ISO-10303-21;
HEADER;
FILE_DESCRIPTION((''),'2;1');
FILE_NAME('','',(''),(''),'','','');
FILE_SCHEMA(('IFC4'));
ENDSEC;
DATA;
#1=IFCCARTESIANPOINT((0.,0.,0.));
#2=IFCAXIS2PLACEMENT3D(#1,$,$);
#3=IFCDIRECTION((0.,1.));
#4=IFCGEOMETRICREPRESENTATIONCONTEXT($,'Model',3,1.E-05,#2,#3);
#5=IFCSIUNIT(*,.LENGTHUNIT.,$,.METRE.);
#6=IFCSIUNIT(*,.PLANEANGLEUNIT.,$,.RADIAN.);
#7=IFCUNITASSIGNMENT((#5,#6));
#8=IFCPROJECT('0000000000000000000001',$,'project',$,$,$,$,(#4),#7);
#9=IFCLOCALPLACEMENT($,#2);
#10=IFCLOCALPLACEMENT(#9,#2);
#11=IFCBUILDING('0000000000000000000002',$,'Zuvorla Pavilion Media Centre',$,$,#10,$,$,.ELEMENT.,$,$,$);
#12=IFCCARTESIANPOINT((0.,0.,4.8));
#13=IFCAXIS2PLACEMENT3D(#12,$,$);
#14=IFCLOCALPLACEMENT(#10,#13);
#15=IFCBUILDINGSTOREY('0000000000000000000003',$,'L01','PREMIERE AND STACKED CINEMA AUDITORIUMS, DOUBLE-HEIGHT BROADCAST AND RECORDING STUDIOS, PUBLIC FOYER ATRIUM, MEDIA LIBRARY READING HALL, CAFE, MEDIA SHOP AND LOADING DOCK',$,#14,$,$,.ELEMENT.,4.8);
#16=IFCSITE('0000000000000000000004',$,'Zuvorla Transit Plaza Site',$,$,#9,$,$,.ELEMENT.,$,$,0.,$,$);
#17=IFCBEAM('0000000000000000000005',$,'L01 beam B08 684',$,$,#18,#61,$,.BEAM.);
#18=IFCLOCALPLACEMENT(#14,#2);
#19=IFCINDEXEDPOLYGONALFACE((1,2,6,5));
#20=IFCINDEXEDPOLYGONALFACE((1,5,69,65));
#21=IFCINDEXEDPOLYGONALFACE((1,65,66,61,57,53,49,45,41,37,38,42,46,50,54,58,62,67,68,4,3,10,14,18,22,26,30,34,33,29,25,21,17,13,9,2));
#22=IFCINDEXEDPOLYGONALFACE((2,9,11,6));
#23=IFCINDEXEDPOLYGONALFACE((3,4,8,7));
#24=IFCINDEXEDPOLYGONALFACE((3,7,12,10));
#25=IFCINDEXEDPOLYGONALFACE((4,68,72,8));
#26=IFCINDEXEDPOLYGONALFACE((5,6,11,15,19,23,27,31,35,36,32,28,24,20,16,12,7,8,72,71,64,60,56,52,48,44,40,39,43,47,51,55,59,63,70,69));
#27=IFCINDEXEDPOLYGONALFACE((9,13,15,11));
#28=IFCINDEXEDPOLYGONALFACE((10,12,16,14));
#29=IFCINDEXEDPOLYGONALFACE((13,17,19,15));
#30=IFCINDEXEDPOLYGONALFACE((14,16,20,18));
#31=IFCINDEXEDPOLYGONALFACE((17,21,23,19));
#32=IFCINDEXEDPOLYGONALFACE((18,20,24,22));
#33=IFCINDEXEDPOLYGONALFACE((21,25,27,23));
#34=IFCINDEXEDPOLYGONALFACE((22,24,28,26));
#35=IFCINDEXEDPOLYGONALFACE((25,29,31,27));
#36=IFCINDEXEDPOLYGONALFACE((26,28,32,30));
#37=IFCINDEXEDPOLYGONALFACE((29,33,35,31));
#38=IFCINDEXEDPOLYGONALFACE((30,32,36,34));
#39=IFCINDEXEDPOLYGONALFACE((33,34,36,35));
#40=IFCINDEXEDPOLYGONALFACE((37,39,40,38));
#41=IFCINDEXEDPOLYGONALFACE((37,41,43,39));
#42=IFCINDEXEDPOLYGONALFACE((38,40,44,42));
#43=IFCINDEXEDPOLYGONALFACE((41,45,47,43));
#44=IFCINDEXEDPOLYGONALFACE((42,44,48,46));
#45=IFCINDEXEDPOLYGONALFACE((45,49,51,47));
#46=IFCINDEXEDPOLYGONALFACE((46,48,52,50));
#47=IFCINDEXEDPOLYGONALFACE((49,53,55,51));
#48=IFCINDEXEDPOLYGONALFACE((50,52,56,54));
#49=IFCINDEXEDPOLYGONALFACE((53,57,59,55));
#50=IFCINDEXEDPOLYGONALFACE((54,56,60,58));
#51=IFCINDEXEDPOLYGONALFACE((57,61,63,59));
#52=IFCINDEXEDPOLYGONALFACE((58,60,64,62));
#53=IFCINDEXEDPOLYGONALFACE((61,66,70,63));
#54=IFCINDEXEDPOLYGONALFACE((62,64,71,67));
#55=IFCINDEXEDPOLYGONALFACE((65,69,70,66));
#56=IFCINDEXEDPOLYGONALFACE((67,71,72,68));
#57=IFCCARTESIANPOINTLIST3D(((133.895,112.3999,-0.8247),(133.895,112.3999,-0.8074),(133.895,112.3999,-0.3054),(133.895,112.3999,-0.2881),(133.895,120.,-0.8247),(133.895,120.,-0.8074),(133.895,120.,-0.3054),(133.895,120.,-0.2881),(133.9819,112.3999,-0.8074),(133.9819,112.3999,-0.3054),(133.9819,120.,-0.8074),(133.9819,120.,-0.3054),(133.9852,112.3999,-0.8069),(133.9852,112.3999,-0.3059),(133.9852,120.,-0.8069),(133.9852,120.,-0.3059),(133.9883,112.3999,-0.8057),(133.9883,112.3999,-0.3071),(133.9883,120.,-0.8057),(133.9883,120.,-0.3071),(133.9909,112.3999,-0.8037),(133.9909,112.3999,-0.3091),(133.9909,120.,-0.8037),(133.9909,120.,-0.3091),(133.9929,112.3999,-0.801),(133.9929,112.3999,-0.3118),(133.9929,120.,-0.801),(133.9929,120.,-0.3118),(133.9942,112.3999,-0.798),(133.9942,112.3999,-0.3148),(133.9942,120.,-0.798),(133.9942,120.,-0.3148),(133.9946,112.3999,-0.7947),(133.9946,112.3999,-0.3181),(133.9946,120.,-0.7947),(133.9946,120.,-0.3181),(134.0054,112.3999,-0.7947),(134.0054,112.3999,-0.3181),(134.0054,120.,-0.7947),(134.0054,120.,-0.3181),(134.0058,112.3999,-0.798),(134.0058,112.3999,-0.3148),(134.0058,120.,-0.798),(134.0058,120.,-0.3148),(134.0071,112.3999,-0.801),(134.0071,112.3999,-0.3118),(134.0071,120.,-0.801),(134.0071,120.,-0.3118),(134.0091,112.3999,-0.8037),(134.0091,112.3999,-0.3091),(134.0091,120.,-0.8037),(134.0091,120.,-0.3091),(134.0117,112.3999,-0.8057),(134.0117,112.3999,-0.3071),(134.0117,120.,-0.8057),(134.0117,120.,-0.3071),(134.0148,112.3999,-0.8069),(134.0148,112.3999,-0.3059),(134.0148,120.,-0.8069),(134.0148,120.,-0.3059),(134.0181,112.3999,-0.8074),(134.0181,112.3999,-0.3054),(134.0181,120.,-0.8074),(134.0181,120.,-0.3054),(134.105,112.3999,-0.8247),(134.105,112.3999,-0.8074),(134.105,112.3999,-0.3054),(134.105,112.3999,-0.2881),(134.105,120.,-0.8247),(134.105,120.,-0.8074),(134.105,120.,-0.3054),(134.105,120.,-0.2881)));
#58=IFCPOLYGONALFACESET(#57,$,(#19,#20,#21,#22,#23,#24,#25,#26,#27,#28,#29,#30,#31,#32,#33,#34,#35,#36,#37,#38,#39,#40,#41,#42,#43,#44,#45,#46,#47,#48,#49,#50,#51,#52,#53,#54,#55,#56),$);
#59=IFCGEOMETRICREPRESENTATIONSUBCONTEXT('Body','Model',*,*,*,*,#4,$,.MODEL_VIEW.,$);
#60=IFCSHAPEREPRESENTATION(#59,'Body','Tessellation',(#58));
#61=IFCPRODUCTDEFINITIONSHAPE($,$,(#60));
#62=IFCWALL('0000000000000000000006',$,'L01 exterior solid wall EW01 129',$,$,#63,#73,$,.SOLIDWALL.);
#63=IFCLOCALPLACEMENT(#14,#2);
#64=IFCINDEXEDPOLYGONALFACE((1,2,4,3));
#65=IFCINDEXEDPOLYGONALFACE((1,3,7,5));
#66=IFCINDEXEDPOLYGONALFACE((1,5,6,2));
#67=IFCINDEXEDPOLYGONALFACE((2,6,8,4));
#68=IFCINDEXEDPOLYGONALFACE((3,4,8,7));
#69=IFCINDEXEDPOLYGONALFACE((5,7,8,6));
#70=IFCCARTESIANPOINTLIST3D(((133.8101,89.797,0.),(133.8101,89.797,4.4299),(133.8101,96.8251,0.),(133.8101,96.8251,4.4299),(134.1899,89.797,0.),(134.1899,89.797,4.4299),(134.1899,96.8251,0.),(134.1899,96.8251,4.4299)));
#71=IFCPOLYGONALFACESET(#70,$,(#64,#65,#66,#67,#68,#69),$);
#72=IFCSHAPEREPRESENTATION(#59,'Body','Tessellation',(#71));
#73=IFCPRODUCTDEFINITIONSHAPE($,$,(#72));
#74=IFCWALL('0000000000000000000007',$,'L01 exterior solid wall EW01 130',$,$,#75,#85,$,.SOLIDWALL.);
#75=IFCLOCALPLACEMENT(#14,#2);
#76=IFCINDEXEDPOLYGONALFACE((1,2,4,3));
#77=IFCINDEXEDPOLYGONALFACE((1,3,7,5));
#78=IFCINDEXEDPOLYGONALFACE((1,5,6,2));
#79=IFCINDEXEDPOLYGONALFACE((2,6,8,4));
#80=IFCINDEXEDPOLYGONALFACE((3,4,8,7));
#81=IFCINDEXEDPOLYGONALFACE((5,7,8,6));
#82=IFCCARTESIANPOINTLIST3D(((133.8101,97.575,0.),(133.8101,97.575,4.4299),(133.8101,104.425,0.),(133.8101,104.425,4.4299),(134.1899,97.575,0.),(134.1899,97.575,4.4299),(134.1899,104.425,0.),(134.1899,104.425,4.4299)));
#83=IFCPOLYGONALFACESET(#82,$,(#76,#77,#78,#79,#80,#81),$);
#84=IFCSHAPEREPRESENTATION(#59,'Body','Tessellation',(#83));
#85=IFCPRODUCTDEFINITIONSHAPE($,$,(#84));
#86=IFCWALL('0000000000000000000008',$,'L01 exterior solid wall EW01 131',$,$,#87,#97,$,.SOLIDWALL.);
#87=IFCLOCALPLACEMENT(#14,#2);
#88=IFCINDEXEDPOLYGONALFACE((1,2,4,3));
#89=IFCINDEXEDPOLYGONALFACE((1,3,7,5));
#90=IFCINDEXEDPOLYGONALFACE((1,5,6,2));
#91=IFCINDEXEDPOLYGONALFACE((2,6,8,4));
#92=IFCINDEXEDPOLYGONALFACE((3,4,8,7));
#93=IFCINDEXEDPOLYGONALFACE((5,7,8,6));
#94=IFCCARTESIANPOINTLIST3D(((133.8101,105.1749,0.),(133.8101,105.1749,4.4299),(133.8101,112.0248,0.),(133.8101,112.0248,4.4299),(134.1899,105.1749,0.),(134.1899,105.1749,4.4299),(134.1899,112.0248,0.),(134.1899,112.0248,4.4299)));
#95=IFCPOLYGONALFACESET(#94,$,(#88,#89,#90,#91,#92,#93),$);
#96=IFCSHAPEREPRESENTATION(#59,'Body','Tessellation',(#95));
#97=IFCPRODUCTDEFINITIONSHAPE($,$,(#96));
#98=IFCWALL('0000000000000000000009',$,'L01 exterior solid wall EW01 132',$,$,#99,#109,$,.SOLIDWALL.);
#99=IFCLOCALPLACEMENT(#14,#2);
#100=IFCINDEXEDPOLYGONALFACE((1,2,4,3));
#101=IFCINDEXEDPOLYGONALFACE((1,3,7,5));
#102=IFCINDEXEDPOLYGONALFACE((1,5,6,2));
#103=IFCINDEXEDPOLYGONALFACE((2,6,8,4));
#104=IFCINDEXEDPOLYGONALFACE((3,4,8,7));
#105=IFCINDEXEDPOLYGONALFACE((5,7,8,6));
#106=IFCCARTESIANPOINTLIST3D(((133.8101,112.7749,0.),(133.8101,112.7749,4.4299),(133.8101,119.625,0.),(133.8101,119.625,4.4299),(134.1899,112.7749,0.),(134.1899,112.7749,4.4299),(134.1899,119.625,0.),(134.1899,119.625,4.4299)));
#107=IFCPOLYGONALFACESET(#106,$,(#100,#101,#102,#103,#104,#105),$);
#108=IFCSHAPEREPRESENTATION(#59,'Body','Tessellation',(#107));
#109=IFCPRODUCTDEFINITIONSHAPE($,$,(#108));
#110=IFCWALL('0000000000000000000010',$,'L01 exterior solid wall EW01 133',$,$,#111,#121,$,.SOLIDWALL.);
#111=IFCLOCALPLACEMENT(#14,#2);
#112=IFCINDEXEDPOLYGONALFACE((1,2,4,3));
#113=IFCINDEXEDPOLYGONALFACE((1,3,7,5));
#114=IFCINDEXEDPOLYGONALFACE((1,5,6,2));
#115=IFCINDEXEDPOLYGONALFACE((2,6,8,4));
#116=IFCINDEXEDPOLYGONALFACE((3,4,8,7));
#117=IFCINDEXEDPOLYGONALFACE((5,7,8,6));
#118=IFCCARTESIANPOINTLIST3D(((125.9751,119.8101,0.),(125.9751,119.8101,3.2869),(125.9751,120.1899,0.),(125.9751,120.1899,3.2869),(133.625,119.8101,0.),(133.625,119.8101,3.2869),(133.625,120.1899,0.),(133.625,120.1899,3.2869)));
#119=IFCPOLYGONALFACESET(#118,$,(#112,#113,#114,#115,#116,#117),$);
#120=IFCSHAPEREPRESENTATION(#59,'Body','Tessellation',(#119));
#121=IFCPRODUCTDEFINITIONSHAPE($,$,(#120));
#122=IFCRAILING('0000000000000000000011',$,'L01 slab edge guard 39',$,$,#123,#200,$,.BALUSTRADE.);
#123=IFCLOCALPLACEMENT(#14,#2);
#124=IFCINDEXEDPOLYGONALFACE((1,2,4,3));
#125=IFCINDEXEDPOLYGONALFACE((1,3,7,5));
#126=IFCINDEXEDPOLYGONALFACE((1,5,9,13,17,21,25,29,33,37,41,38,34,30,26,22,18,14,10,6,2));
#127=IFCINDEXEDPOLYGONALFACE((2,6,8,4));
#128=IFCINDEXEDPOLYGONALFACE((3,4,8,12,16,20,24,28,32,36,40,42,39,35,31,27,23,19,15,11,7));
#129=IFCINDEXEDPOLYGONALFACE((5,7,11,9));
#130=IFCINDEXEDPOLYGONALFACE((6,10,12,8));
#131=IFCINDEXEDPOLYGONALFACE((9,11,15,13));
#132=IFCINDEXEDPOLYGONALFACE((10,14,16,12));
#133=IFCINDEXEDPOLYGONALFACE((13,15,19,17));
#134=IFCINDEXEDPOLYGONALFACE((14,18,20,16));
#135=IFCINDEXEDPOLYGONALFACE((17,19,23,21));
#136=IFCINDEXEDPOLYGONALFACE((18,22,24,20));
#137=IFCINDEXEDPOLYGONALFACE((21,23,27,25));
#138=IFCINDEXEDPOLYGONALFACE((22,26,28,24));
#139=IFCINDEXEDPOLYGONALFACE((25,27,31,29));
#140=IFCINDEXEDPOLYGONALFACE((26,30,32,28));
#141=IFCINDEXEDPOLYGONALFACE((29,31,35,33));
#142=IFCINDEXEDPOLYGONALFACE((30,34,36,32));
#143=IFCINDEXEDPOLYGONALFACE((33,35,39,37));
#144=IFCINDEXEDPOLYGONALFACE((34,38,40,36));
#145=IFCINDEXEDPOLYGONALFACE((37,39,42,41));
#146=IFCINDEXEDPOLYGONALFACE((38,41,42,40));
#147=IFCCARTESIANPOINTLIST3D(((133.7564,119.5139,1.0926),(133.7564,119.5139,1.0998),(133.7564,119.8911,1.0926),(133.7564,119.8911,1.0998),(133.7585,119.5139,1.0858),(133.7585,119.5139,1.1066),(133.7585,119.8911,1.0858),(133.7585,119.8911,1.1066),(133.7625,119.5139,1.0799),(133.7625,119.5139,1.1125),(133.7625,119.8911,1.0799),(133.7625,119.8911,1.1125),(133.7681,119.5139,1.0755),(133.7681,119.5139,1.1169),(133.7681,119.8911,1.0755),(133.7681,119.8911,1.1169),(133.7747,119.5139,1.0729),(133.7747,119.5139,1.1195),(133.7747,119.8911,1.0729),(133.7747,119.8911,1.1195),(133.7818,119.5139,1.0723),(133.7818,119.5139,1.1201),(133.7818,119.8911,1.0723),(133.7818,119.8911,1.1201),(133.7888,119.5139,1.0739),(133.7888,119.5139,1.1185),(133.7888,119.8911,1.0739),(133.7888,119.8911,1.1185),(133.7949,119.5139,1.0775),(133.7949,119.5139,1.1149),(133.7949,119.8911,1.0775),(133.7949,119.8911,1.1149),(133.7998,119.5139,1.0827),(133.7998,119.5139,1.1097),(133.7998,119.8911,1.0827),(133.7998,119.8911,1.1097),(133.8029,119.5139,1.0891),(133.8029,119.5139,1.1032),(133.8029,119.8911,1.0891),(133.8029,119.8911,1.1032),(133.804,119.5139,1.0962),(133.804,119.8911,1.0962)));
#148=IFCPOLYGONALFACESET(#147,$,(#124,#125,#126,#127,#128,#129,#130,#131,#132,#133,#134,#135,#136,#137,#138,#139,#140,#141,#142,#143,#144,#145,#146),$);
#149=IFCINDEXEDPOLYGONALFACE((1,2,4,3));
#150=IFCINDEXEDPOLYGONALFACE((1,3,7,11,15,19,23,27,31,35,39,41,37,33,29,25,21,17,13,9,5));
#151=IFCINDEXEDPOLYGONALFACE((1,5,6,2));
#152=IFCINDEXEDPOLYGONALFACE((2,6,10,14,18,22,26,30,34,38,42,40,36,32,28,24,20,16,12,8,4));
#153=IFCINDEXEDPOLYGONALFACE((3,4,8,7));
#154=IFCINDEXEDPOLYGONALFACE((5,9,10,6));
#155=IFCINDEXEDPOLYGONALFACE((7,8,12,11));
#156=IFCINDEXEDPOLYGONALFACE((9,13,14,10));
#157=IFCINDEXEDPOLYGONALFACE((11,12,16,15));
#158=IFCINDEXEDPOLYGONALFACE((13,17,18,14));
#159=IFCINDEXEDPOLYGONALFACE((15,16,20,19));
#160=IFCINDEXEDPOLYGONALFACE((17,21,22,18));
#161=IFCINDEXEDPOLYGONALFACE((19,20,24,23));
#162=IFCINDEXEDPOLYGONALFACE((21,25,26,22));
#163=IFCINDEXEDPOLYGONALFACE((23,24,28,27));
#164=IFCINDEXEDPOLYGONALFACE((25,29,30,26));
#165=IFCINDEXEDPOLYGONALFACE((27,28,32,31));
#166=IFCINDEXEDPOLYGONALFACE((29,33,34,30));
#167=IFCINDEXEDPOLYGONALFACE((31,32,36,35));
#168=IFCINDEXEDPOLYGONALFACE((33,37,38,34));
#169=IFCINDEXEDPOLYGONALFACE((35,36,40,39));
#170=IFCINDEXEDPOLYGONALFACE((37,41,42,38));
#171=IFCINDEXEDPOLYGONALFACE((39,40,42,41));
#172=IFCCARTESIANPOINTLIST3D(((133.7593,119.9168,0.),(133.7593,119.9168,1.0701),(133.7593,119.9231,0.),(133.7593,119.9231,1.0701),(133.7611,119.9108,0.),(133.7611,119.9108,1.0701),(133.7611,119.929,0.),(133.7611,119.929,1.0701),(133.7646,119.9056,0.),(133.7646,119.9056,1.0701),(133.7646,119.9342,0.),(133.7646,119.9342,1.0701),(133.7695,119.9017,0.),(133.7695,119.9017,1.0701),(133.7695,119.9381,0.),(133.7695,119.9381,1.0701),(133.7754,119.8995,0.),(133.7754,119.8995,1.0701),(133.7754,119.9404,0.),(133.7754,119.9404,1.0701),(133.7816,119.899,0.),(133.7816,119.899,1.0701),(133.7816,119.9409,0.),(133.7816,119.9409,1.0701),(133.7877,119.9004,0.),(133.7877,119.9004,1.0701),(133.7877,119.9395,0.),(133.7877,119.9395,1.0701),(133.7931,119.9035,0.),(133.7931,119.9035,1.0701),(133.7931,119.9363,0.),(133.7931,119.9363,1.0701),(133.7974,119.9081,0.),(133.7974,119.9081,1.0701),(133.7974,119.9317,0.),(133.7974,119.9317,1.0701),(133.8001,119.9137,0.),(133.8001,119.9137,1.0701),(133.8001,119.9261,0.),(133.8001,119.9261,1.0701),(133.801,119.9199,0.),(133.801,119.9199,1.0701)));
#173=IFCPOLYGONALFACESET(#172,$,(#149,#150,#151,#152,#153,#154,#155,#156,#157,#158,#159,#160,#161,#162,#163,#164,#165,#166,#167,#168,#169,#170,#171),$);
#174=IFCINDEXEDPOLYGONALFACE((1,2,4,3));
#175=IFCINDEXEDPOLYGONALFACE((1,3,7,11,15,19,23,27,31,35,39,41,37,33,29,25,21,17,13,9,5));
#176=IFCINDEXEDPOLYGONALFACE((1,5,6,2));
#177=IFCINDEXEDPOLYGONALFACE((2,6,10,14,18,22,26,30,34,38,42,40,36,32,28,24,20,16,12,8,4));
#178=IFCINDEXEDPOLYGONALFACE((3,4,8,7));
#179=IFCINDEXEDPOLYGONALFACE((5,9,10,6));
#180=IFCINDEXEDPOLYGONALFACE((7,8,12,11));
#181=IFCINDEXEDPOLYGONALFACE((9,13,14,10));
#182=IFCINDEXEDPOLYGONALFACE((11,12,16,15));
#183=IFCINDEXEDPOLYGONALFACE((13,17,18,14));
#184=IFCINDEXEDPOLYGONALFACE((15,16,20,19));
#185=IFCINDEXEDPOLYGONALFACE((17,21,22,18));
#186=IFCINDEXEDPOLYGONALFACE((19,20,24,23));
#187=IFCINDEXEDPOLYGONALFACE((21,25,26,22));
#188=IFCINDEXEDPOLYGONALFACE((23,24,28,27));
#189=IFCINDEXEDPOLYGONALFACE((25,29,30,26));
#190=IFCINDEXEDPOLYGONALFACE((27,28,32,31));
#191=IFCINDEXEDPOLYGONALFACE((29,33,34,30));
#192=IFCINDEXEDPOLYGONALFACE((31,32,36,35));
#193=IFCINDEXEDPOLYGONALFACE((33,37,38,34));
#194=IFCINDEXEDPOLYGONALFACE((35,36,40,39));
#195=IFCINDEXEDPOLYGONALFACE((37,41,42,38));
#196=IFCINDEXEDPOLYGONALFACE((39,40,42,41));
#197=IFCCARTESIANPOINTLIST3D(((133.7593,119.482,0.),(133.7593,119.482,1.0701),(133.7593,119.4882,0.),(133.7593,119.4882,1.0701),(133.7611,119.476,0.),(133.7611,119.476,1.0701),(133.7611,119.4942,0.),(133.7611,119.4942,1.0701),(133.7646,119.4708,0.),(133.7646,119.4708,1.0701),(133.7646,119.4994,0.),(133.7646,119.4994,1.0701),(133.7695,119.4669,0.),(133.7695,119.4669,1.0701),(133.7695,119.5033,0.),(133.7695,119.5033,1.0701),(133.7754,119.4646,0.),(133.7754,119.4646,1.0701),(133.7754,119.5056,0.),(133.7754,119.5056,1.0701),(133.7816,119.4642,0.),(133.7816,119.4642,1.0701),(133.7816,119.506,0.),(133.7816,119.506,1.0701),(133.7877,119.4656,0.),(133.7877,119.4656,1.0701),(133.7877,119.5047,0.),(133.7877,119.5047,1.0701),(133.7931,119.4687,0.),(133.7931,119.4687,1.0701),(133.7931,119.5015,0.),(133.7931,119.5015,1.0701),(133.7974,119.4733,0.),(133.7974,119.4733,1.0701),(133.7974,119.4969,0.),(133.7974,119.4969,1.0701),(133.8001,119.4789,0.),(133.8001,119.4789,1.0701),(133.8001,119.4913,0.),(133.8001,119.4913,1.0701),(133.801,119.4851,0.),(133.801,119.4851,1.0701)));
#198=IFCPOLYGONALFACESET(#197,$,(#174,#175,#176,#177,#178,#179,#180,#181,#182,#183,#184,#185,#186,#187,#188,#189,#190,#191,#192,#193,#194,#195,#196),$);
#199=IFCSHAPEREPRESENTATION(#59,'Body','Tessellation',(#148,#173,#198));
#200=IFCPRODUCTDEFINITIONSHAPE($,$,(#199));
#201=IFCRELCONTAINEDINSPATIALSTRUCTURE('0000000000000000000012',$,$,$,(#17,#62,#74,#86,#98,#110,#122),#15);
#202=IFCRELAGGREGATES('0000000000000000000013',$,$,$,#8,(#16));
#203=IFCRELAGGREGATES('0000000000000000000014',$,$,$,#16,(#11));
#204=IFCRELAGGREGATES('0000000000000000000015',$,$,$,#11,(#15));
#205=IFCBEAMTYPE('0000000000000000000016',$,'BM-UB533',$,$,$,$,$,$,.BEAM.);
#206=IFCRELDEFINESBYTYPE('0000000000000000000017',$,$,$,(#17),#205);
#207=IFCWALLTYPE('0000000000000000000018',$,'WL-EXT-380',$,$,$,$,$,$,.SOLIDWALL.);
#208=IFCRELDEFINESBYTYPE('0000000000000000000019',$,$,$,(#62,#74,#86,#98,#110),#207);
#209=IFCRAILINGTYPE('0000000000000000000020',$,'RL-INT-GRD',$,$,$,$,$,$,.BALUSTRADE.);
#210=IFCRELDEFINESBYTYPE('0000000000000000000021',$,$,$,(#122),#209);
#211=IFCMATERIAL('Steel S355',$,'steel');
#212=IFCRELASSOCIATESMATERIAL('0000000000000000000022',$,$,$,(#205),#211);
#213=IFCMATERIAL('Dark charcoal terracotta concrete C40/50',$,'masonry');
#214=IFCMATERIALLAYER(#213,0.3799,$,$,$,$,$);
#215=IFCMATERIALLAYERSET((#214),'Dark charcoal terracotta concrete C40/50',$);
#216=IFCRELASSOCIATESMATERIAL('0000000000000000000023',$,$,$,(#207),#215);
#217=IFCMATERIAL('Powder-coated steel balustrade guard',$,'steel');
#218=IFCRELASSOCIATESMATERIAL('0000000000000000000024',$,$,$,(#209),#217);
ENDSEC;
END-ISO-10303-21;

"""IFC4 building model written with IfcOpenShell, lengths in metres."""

from ifc_helpers import new_model, si_unit, direction, frame, frame_2d, origin, origin_2d, place, context, subcontext, project, spatial, rectangle, circle, i_section, extrude, material, layer, layer_set, material_profile, profile_set, type_object, element, save


model = new_model("IFC4")

# Units and contexts
model_context = context("Model", 3, precision=1e-05, world=origin(), true_north=direction((0.0, 1.0)))
body_context = subcontext(model_context, "Body", "Model", "MODEL_VIEW")
ifc_project = project(units=[si_unit("LENGTHUNIT", "METRE"), si_unit("PLANEANGLEUNIT", "RADIAN")], contexts=[model_context])

# Site, building, storey
site_placement = place(None, origin())
site = spatial("IfcSite", under=ifc_project, at=site_placement, Name="Zuvorla Transit Plaza Site", CompositionType="ELEMENT", RefElevation=0.0)
building_placement = place(site_placement, origin())
building = spatial("IfcBuilding", under=site, at=building_placement, Name="Zuvorla Pavilion Media Centre", CompositionType="ELEMENT")
storey_placement = place(building_placement, frame((0.0, 0.0, 4.8)))
storey = spatial("IfcBuildingStorey", under=building, at=storey_placement, Name="L01", Description="PREMIERE AND STACKED CINEMA AUDITORIUMS, DOUBLE-HEIGHT BROADCAST AND RECORDING STUDIOS, PUBLIC FOYER ATRIUM, MEDIA LIBRARY READING HALL, CAFE, MEDIA SHOP AND LOADING DOCK", CompositionType="ELEMENT", Elevation=4.8)

# Shared definitions
ifc_material_1 = material(Name="Steel S355", Category="steel")

# Beam
ifc_material_profile_1 = material_profile(ifc_material_1, i_section(OverallWidth=0.21, OverallDepth=0.5366, WebThickness=0.0107, FlangeThickness=0.0173, FilletRadius=0.0127, at=origin_2d()), Name="UB 533x210x101")
ifc_profile_set_1 = profile_set([ifc_material_profile_1], Name="Steel S355")
beam_type_1 = type_object("IfcBeamType", Name="BM-UB533", PredefinedType="BEAM", material=ifc_profile_set_1)
beam_1_placement = place(storey_placement, frame((134.0, 112.3999, -0.5564), z_axis=(0.0, 1.0, 0.0), x_axis=(-1.0, 0.0, 0.0)))
element("IfcBeam", 1, at=beam_1_placement, inside=storey, type_object=beam_type_1, Name="L01 beam B08 684", PredefinedType="BEAM", context=body_context, shape_type="SweptSolid", body=[
    extrude(i_section(OverallWidth=0.21, OverallDepth=0.5366, WebThickness=0.0107, FlangeThickness=0.0173, FilletRadius=0.0127, at=origin_2d()), origin(), (0.0, 0.0, 1.0), 7.6001),
])

# Walls
ifc_material_2 = material(Name="Dark charcoal terracotta concrete C40/50", Category="masonry")
ifc_layer = layer(ifc_material_2, 0.3799)
ifc_layer_set = layer_set([ifc_layer], Name="Dark charcoal terracotta concrete C40/50")
wall_type = type_object("IfcWallType", Name="WL-EXT-380", PredefinedType="SOLIDWALL", material=ifc_layer_set)
wall_1_placement = place(storey_placement, frame((134.0, 89.7969, 0.0), z_axis=(0.0, 0.0, 1.0), x_axis=(0.0, 1.0, 0.0)))
element("IfcWall", 2, at=wall_1_placement, inside=storey, type_object=wall_type, Name="L01 exterior solid wall EW01 129", PredefinedType="SOLIDWALL", context=body_context, shape_type="SweptSolid", body=[
    extrude(rectangle(XDim=7.0281, YDim=0.3799, at=frame_2d((3.5142, 0.0))), origin(), (0.0, 0.0, 1.0), 4.4299),
])
wall_2_placement = place(storey_placement, frame((134.0, 97.575, 0.0), z_axis=(0.0, 0.0, 1.0), x_axis=(0.0, 1.0, 0.0)))
element("IfcWall", 3, at=wall_2_placement, inside=storey, type_object=wall_type, Name="L01 exterior solid wall EW01 130", PredefinedType="SOLIDWALL", context=body_context, shape_type="SweptSolid", body=[
    extrude(rectangle(XDim=6.8501, YDim=0.3799, at=frame_2d((3.425, 0.0))), origin(), (0.0, 0.0, 1.0), 4.4299),
])
wall_3_placement = place(storey_placement, frame((134.0, 105.175, 0.0), z_axis=(0.0, 0.0, 1.0), x_axis=(0.0, 1.0, 0.0)))
element("IfcWall", 4, at=wall_3_placement, inside=storey, type_object=wall_type, Name="L01 exterior solid wall EW01 131", PredefinedType="SOLIDWALL", context=body_context, shape_type="SweptSolid", body=[
    extrude(rectangle(XDim=6.8499, YDim=0.3799, at=frame_2d((3.4248, 0.0))), origin(), (0.0, 0.0, 1.0), 4.4299),
])
wall_4_placement = place(storey_placement, frame((134.0, 112.7749, 0.0), z_axis=(0.0, 0.0, 1.0), x_axis=(0.0, 1.0, 0.0)))
element("IfcWall", 5, at=wall_4_placement, inside=storey, type_object=wall_type, Name="L01 exterior solid wall EW01 132", PredefinedType="SOLIDWALL", context=body_context, shape_type="SweptSolid", body=[
    extrude(rectangle(XDim=6.8501, YDim=0.3799, at=frame_2d((3.425, 0.0))), origin(), (0.0, 0.0, 1.0), 4.4299),
])
wall_5_placement = place(storey_placement, frame((133.625, 120.0, 0.0), z_axis=(0.0, 0.0, 1.0), x_axis=(-1.0, 0.0, 0.0)))
element("IfcWall", 6, at=wall_5_placement, inside=storey, type_object=wall_type, Name="L01 exterior solid wall EW01 133", PredefinedType="SOLIDWALL", context=body_context, shape_type="SweptSolid", body=[
    extrude(rectangle(XDim=7.6499, YDim=0.3799, at=frame_2d((3.825, 0.0))), origin(), (0.0, 0.0, 1.0), 3.2869),
])

# Railing
ifc_material_3 = material(Name="Powder-coated steel balustrade guard", Category="steel")
railing_type = type_object("IfcRailingType", Name="RL-INT-GRD", PredefinedType="BALUSTRADE", material=ifc_material_3)
railing_1_placement = place(storey_placement, frame((133.78, 119.9199, 0.0)))
element("IfcRailing", 7, at=railing_1_placement, inside=storey, type_object=railing_type, Name="L01 slab edge guard 39", PredefinedType="BALUSTRADE", context=body_context, shape_type="SweptSolid", body=[
    extrude(circle(Radius=0.0239, at=origin_2d()), frame((0.0, -0.0288, 1.0962), z_axis=(0.0, -1.0, 0.0), x_axis=(1.0, 0.0, 0.0)), (0.0, 0.0, 1.0), 0.3772),
    extrude(circle(Radius=0.021, at=origin_2d()), origin(), (0.0, 0.0, 1.0), 1.0701),
    extrude(circle(Radius=0.021, at=origin_2d()), frame((0.0, -0.4348, 0.0)), (0.0, 0.0, 1.0), 1.0701),
])

save(model, "model.ifc")
